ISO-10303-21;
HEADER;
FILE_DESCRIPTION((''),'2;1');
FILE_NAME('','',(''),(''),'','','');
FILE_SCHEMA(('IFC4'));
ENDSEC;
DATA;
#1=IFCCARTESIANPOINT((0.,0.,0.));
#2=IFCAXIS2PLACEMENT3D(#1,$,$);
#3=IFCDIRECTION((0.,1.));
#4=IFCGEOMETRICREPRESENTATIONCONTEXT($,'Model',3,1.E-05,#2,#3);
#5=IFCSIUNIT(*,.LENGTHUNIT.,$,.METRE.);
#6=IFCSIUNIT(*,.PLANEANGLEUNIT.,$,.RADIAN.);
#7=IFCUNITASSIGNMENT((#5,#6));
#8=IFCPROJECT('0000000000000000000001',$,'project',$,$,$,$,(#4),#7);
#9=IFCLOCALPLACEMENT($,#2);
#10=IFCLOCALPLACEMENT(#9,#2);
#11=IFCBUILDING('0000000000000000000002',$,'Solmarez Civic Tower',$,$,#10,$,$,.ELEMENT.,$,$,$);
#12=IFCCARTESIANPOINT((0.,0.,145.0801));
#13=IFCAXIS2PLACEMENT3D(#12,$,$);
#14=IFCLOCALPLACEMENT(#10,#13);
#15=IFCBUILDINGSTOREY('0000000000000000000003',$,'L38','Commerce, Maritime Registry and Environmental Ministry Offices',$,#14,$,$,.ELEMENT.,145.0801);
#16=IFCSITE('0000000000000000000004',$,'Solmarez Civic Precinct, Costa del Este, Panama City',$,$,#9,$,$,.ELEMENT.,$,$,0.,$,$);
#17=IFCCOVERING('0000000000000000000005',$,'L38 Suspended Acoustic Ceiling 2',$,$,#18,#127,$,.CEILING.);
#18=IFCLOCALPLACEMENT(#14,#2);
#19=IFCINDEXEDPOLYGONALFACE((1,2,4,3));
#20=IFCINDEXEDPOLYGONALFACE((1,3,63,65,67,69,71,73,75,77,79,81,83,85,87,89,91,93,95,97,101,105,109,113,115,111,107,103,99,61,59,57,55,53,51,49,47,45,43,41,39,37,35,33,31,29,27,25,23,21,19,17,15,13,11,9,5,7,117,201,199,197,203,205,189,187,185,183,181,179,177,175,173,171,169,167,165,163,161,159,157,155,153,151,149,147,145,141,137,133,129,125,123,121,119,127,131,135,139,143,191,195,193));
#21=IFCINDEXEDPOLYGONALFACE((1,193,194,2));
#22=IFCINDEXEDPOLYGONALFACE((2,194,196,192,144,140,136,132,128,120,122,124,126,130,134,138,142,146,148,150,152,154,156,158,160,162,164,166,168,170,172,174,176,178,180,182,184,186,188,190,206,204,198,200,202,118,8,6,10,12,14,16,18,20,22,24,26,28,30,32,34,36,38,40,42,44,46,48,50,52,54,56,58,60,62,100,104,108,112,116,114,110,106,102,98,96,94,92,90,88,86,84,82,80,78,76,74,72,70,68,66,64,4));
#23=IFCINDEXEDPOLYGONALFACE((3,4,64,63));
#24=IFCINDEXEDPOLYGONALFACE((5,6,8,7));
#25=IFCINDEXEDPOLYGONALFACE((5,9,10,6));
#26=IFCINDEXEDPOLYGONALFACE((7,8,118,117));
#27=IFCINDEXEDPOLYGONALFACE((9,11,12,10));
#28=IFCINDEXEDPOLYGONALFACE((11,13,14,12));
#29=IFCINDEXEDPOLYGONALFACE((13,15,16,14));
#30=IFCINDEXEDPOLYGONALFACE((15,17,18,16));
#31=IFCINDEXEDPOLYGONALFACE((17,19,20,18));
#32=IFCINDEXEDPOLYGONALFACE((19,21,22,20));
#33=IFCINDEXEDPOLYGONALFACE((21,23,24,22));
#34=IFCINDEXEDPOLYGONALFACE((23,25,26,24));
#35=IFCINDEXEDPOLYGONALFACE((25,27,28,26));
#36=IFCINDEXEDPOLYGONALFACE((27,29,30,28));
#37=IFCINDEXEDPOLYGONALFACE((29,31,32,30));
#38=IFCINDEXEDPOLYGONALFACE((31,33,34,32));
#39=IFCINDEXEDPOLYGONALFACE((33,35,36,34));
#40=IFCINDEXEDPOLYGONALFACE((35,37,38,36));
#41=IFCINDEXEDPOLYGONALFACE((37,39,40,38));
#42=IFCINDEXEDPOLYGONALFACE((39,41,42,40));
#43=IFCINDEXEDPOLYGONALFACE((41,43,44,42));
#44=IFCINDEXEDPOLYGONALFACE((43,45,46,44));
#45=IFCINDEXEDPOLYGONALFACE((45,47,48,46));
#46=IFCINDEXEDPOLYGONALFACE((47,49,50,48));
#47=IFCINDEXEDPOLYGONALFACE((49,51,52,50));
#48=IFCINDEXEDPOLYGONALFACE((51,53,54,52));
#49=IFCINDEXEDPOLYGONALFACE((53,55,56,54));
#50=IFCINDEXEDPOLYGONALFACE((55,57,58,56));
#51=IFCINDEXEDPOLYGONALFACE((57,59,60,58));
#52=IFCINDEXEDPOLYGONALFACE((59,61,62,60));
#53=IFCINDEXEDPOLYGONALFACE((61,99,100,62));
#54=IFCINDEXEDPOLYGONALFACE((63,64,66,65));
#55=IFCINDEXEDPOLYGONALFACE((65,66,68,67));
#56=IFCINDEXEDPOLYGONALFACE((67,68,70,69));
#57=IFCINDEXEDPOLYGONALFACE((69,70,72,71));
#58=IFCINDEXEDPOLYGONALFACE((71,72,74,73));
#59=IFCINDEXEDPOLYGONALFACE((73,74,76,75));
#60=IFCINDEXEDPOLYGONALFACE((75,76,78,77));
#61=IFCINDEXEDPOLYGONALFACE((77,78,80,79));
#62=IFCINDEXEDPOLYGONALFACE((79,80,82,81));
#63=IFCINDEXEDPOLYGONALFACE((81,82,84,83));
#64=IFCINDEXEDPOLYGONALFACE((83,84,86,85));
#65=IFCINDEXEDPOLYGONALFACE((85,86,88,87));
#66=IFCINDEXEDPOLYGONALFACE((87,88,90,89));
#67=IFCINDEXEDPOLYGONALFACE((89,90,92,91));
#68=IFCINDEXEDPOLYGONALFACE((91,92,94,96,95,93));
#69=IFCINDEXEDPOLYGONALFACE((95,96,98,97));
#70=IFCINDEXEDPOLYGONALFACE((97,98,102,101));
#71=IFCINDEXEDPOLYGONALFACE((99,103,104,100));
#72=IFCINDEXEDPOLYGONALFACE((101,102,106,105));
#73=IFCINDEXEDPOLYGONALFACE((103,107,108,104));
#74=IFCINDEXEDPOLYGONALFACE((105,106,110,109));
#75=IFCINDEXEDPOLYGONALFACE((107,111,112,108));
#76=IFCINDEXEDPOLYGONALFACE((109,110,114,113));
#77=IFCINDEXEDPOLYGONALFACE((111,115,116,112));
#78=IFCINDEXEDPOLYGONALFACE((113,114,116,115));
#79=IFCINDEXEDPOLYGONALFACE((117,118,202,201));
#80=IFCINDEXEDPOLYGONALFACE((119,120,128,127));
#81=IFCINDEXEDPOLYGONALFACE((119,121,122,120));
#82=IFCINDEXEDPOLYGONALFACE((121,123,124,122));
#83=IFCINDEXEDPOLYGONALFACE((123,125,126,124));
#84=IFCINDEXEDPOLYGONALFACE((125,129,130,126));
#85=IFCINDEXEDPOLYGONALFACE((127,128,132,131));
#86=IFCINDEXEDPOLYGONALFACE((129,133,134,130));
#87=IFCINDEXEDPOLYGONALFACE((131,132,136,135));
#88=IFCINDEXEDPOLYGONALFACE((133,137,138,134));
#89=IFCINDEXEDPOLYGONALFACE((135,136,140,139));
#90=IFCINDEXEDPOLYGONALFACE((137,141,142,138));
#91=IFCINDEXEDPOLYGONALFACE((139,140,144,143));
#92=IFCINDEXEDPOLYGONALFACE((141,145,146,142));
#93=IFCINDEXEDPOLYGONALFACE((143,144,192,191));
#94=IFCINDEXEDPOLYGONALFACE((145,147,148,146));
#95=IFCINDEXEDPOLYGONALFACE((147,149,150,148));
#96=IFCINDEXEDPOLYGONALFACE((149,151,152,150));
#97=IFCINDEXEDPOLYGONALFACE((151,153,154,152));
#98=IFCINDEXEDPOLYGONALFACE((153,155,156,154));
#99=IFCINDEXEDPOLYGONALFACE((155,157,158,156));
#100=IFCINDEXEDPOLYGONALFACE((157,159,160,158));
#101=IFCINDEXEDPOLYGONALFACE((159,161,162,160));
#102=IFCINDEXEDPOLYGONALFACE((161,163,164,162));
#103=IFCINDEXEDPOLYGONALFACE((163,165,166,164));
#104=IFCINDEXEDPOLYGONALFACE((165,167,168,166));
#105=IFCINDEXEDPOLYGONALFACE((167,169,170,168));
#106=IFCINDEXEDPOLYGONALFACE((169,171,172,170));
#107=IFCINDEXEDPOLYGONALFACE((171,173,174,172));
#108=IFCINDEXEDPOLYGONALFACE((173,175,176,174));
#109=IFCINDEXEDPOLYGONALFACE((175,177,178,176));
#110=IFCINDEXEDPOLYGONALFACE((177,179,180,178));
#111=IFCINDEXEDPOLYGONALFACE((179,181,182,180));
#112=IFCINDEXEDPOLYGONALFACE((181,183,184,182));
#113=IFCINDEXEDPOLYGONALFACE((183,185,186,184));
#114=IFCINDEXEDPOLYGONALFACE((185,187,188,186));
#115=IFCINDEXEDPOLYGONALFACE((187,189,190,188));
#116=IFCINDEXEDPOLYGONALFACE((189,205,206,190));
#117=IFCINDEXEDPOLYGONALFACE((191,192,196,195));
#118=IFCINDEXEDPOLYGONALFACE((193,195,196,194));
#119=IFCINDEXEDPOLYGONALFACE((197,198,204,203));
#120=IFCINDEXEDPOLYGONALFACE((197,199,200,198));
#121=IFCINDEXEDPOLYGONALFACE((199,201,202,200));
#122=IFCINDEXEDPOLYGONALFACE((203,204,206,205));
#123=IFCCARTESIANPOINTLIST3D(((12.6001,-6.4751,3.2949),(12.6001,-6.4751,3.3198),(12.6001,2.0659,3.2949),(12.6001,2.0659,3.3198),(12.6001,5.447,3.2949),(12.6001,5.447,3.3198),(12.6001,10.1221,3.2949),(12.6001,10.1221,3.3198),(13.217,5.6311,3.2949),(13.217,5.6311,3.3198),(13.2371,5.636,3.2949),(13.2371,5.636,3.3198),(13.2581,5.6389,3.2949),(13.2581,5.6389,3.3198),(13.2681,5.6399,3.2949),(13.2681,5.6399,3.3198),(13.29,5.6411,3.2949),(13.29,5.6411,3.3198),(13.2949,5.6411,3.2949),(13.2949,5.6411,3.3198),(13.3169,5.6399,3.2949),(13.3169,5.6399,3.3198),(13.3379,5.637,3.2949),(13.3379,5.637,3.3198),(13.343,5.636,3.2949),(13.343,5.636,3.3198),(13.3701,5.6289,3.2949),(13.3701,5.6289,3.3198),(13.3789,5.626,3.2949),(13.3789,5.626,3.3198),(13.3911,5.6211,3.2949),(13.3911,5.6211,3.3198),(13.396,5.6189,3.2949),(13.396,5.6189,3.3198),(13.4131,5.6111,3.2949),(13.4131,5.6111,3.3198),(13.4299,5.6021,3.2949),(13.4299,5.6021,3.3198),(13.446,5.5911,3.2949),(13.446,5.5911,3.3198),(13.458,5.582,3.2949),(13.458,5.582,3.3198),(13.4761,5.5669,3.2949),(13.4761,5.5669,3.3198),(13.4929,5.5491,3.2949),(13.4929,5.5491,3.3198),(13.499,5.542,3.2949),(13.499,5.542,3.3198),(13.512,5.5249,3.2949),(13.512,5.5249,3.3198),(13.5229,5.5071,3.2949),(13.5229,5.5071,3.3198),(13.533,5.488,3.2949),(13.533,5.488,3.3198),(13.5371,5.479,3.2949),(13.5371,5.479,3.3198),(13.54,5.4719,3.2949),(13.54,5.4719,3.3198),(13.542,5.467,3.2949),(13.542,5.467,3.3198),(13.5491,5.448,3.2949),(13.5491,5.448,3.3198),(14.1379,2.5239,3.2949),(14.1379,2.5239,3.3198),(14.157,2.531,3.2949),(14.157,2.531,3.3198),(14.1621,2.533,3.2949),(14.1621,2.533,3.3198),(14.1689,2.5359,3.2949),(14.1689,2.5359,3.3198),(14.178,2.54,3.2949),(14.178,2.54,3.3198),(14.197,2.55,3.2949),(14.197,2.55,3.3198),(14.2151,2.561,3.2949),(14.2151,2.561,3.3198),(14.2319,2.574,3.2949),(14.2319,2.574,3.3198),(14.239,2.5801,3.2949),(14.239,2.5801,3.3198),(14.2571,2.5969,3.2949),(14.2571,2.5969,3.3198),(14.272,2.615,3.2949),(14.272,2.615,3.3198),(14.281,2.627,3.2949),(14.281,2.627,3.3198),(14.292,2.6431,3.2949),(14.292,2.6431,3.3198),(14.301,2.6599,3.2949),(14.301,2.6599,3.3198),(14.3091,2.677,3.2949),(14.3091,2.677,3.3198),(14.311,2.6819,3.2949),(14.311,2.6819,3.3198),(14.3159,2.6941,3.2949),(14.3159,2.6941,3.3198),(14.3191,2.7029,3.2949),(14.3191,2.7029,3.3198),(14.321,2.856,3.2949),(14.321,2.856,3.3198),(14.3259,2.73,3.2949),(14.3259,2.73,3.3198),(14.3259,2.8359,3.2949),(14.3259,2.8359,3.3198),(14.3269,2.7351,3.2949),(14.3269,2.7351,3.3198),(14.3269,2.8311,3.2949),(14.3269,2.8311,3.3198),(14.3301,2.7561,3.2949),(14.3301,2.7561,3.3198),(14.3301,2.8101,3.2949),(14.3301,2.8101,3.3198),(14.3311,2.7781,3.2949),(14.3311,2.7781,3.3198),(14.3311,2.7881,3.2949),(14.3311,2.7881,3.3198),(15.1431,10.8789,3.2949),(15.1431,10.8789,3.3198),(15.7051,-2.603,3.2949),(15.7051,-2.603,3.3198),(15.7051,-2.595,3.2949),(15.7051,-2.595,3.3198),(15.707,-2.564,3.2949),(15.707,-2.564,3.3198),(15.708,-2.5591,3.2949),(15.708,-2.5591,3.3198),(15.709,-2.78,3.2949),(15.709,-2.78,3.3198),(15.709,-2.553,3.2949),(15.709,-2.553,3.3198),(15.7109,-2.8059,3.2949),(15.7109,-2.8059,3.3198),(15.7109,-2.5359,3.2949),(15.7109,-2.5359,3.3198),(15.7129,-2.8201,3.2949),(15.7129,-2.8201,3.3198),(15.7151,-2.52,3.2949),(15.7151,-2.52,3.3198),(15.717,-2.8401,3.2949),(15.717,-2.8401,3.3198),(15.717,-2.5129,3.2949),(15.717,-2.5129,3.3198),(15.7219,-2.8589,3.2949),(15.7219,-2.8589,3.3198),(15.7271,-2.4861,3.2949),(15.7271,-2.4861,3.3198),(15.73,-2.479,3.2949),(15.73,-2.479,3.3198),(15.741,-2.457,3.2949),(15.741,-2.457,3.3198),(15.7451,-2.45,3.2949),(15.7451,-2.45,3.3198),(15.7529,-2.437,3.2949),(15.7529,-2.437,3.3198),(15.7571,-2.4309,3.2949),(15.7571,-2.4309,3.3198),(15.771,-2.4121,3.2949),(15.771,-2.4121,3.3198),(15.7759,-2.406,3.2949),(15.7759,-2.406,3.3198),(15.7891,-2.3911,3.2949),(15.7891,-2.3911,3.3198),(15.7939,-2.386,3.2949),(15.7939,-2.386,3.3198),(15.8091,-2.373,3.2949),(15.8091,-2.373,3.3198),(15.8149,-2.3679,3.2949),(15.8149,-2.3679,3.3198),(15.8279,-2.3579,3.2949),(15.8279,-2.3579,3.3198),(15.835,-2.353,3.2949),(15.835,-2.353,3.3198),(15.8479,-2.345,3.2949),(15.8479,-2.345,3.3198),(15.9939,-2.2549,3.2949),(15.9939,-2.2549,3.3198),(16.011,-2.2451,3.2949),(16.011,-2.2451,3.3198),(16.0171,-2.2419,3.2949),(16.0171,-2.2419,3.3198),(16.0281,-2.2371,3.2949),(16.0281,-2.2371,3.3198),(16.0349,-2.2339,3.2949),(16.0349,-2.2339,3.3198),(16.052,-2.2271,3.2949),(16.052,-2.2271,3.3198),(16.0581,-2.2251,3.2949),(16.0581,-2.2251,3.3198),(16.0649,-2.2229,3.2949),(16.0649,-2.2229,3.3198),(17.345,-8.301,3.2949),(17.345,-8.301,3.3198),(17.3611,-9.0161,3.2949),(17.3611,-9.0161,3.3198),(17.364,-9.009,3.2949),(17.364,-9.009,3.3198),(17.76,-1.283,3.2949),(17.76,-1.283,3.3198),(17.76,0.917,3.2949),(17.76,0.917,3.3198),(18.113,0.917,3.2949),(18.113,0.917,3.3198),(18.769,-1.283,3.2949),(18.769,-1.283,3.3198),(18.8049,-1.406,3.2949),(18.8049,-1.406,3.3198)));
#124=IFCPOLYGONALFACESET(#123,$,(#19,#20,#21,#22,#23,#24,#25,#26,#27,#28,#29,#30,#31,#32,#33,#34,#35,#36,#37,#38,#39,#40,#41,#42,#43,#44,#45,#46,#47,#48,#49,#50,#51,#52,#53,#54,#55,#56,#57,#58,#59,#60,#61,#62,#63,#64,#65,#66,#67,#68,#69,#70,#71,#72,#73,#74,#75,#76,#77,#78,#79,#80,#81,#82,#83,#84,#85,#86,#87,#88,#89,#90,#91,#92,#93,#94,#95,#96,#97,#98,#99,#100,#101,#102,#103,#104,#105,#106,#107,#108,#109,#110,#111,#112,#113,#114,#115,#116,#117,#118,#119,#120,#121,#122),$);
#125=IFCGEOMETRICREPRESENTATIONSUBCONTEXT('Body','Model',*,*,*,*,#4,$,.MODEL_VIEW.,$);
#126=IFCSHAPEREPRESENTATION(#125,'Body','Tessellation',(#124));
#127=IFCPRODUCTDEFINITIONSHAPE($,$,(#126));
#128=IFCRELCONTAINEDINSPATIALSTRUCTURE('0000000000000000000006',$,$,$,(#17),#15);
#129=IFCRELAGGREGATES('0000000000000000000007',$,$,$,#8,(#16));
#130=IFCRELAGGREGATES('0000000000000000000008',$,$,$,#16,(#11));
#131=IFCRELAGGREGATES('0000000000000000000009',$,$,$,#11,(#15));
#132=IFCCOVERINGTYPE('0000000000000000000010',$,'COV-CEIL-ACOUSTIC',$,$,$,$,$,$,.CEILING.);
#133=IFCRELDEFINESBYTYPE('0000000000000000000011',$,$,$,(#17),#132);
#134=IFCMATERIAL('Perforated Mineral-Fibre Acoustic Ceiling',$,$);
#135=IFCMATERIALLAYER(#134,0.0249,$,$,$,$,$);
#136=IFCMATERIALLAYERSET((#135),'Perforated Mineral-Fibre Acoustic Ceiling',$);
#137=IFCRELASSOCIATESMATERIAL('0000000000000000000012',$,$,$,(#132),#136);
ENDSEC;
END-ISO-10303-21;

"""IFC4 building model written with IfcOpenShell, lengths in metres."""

from ifc_helpers import new_model, si_unit, direction, frame, origin, place, context, subcontext, project, spatial, polyline, outline, extrude, material, layer, layer_set, type_object, element, save


model = new_model("IFC4")

# Units and contexts
model_context = context("Model", 3, precision=1e-05, world=origin(), true_north=direction((0.0, 1.0)))
body_context = subcontext(model_context, "Body", "Model", "MODEL_VIEW")
ifc_project = project(units=[si_unit("LENGTHUNIT", "METRE"), si_unit("PLANEANGLEUNIT", "RADIAN")], contexts=[model_context])

# Site, building, storey
site_placement = place(None, origin())
site = spatial("IfcSite", under=ifc_project, at=site_placement, Name="Solmarez Civic Precinct, Costa del Este, Panama City", CompositionType="ELEMENT", RefElevation=0.0)
building_placement = place(site_placement, origin())
building = spatial("IfcBuilding", under=site, at=building_placement, Name="Solmarez Civic Tower", CompositionType="ELEMENT")
storey_placement = place(building_placement, frame((0.0, 0.0, 145.0801)))
storey = spatial("IfcBuildingStorey", under=building, at=storey_placement, Name="L38", Description="Commerce, Maritime Registry and Environmental Ministry Offices", CompositionType="ELEMENT", Elevation=145.0801)

# Covering
ifc_material_1 = material(Name="Perforated Mineral-Fibre Acoustic Ceiling")
ifc_layer_1 = layer(ifc_material_1, 0.0249)
ifc_layer_set_1 = layer_set([ifc_layer_1], Name="Perforated Mineral-Fibre Acoustic Ceiling")
covering_type_1 = type_object("IfcCoveringType", Name="COV-CEIL-ACOUSTIC", PredefinedType="CEILING", material=ifc_layer_set_1)
covering_1_placement = place(storey_placement, frame((0.0, 0.0, 3.2949)))
element("IfcCovering", 1, at=covering_1_placement, inside=storey, type_object=covering_type_1, Name="L38 Suspended Acoustic Ceiling 2", PredefinedType="CEILING", context=body_context, shape_type="SweptSolid", body=[
    extrude(outline(polyline([(12.6001, 10.1221), (12.6001, 5.447), (13.217, 5.6311), (13.2371, 5.636), (13.2581, 5.6389), (13.2681, 5.6399), (13.29, 5.6411), (13.2949, 5.6411), (13.3169, 5.6399), (13.3379, 5.637), (13.343, 5.636), (13.3701, 5.6289), (13.3789, 5.626), (13.3911, 5.6211), (13.396, 5.6189), (13.4131, 5.6111), (13.4299, 5.6021), (13.446, 5.5911), (13.458, 5.582), (13.4761, 5.5669), (13.4929, 5.5491), (13.499, 5.542), (13.512, 5.5249), (13.5229, 5.5071), (13.533, 5.488), (13.5371, 5.479), (13.54, 5.4719), (13.542, 5.467), (13.5491, 5.448), (14.321, 2.856), (14.3259, 2.8359), (14.3269, 2.8311), (14.3301, 2.8101), (14.3311, 2.7881), (14.3311, 2.7781), (14.3301, 2.7561), (14.3269, 2.7351), (14.3259, 2.73), (14.3191, 2.7029), (14.3159, 2.6941), (14.311, 2.6819), (14.3091, 2.677), (14.301, 2.6599), (14.292, 2.6431), (14.281, 2.627), (14.272, 2.615), (14.2571, 2.5969), (14.239, 2.5801), (14.2319, 2.574), (14.2151, 2.561), (14.197, 2.55), (14.178, 2.54), (14.1689, 2.5359), (14.1621, 2.533), (14.157, 2.531), (14.1379, 2.5239), (12.6001, 2.0659), (12.6001, -6.4751), (17.3611, -9.0161), (17.364, -9.009), (17.345, -8.301), (15.7219, -2.8589), (15.717, -2.8401), (15.7129, -2.8201), (15.7109, -2.8059), (15.709, -2.78), (15.7051, -2.603), (15.7051, -2.595), (15.707, -2.564), (15.708, -2.5591), (15.709, -2.553), (15.7109, -2.5359), (15.7151, -2.52), (15.717, -2.5129), (15.7271, -2.4861), (15.73, -2.479), (15.741, -2.457), (15.7451, -2.45), (15.7529, -2.437), (15.7571, -2.4309), (15.771, -2.4121), (15.7759, -2.406), (15.7891, -2.3911), (15.7939, -2.386), (15.8091, -2.373), (15.8149, -2.3679), (15.8279, -2.3579), (15.835, -2.353), (15.8479, -2.345), (15.9939, -2.2549), (16.011, -2.2451), (16.0171, -2.2419), (16.0281, -2.2371), (16.0349, -2.2339), (16.052, -2.2271), (16.0581, -2.2251), (16.0649, -2.2229), (18.8049, -1.406), (18.769, -1.283), (17.76, -1.283), (17.76, 0.917), (18.113, 0.917), (15.1431, 10.8789), (12.6001, 10.1221)])), origin(), (0.0, 0.0, 1.0), 0.0249),
])

save(model, "model.ifc")
